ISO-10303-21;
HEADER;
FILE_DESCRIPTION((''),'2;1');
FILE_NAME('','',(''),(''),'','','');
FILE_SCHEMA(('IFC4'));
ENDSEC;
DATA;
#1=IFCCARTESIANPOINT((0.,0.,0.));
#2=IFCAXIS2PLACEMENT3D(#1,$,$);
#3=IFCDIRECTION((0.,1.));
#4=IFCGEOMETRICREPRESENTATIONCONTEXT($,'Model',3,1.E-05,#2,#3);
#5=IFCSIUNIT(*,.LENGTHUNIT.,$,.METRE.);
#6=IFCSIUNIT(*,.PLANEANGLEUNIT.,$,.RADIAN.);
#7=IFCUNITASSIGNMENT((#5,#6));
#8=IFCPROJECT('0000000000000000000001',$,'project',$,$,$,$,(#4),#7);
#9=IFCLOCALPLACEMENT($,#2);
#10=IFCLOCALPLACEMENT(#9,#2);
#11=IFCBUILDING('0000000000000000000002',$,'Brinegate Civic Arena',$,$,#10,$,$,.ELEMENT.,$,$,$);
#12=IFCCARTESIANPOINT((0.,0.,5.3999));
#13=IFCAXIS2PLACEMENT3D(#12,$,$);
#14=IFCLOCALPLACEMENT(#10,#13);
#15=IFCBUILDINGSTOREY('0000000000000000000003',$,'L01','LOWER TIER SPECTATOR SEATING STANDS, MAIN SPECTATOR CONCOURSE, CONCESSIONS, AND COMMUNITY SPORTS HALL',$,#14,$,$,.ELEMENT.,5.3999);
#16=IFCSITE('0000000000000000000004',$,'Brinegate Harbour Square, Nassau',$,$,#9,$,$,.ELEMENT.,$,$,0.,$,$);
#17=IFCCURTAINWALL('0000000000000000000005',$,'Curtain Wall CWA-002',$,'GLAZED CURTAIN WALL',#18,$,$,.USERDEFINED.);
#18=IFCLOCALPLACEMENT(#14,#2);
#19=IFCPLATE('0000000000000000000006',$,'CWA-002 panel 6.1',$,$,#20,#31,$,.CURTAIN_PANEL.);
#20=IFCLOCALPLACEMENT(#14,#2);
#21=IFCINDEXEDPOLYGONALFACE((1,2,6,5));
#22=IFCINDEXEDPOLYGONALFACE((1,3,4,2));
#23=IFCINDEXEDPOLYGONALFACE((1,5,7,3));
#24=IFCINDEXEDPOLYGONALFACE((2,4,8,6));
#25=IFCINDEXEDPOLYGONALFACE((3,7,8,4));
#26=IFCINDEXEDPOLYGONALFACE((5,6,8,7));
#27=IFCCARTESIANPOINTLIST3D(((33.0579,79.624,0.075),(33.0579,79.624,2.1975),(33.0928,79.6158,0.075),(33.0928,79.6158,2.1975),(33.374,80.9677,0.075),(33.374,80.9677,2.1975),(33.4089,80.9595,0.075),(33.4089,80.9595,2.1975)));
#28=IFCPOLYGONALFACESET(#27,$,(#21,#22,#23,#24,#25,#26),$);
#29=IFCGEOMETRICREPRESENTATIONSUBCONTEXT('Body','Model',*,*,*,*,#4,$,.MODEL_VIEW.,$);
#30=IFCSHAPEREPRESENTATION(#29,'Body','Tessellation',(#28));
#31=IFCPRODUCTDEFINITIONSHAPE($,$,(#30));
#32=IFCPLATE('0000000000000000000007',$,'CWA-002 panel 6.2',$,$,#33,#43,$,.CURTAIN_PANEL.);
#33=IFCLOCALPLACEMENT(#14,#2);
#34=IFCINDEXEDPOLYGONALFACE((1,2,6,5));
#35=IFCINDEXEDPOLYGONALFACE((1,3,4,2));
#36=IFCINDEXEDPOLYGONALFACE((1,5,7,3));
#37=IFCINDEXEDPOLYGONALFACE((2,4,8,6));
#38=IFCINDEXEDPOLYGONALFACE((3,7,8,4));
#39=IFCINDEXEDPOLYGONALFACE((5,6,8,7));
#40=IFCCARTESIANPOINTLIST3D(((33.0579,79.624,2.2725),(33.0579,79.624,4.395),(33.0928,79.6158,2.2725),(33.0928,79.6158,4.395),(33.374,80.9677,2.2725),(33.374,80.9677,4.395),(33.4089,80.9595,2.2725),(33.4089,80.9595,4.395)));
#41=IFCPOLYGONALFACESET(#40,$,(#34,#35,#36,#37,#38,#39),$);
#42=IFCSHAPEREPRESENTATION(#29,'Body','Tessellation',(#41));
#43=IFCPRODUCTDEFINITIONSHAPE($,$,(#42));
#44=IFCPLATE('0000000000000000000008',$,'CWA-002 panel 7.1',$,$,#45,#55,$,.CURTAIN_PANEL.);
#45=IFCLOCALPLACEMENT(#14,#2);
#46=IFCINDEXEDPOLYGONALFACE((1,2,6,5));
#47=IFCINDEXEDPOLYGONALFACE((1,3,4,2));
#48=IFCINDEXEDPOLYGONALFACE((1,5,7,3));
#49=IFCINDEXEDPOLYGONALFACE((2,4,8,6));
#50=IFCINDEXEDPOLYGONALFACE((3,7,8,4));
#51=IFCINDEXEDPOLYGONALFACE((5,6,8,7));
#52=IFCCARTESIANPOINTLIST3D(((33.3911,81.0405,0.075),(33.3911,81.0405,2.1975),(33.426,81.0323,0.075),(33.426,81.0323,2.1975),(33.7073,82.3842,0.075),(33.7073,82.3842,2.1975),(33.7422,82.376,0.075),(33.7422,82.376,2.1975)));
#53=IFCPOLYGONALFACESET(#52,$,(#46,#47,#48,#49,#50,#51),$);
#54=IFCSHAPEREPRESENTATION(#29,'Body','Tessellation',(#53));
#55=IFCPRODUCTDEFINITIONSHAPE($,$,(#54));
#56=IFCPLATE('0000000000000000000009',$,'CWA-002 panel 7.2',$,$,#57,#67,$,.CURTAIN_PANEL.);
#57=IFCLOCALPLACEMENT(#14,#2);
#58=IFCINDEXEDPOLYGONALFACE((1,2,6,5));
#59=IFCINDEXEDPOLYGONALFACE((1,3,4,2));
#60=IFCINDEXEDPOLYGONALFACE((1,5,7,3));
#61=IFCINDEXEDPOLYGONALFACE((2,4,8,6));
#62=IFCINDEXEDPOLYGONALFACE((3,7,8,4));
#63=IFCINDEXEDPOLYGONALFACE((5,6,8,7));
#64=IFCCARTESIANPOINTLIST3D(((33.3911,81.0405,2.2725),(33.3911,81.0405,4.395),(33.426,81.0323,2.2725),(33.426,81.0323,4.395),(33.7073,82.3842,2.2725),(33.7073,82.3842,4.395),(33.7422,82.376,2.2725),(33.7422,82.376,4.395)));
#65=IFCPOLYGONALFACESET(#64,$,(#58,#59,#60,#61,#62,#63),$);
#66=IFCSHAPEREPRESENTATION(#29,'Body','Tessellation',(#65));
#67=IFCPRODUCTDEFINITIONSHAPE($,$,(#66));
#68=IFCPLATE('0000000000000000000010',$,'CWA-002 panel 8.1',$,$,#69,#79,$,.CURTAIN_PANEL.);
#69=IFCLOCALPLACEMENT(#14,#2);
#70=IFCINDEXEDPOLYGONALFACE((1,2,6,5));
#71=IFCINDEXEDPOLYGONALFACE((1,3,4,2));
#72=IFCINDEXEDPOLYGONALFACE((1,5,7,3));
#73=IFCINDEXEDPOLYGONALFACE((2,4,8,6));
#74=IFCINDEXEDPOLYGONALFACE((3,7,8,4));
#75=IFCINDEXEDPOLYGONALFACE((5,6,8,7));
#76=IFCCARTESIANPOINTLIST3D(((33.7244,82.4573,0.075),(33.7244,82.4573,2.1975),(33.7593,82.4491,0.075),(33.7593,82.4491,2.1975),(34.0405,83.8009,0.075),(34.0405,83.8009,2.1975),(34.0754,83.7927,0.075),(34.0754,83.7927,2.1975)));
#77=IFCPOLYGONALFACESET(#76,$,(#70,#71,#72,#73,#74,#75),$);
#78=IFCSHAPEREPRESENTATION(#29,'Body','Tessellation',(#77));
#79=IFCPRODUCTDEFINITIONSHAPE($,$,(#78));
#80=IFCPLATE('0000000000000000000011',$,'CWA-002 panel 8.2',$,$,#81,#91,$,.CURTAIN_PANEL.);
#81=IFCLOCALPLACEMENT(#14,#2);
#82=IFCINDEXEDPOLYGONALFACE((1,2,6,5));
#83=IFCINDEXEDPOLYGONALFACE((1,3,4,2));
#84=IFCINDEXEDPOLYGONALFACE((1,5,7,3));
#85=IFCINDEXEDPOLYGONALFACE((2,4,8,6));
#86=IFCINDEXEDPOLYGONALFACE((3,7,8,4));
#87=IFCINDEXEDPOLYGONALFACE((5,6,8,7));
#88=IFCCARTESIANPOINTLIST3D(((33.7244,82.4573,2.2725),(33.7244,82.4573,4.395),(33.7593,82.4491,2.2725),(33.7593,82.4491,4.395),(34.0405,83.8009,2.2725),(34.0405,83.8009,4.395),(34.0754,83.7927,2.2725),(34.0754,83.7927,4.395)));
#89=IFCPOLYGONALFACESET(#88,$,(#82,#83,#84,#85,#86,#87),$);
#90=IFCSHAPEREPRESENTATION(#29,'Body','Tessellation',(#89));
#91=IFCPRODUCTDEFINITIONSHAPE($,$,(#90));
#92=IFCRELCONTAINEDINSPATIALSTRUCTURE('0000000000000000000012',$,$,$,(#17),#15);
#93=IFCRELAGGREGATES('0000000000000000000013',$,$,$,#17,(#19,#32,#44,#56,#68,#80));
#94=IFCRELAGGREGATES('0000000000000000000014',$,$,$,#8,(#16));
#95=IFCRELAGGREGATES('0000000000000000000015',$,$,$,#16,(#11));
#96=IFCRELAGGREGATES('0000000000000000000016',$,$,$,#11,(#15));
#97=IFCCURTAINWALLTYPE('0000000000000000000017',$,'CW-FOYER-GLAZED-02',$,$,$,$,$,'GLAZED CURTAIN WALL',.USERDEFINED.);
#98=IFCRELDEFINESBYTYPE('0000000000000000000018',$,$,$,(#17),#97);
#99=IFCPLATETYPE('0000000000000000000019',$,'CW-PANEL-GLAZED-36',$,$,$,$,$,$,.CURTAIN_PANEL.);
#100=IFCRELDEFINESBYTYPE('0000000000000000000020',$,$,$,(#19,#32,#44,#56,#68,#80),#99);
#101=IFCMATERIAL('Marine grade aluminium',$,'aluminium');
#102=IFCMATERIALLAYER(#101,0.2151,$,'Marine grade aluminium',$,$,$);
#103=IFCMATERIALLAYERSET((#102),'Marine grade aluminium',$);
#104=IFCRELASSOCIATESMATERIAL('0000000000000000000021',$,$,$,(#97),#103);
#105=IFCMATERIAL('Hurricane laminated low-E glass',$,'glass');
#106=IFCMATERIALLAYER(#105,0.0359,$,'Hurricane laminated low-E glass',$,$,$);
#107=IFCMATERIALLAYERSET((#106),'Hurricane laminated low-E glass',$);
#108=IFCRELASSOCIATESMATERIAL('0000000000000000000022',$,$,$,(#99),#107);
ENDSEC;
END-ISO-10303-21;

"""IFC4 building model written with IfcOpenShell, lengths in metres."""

from ifc_helpers import new_model, si_unit, direction, frame, origin, origin_2d, place, context, subcontext, project, spatial, rectangle, extrude, material, layer, layer_set, type_object, element, aggregate, save


model = new_model("IFC4")

# Units and contexts
model_context = context("Model", 3, precision=1e-05, world=origin(), true_north=direction((0.0, 1.0)))
body_context = subcontext(model_context, "Body", "Model", "MODEL_VIEW")
ifc_project = project(units=[si_unit("LENGTHUNIT", "METRE"), si_unit("PLANEANGLEUNIT", "RADIAN")], contexts=[model_context])

# Site, building, storey
site_placement = place(None, origin())
site = spatial("IfcSite", under=ifc_project, at=site_placement, Name="Brinegate Harbour Square, Nassau", CompositionType="ELEMENT", RefElevation=0.0)
building_placement = place(site_placement, origin())
building = spatial("IfcBuilding", under=site, at=building_placement, Name="Brinegate Civic Arena", CompositionType="ELEMENT")
storey_placement = place(building_placement, frame((0.0, 0.0, 5.3999)))
storey = spatial("IfcBuildingStorey", under=building, at=storey_placement, Name="L01", Description="LOWER TIER SPECTATOR SEATING STANDS, MAIN SPECTATOR CONCOURSE, CONCESSIONS, AND COMMUNITY SPORTS HALL", CompositionType="ELEMENT", Elevation=5.3999)

# Curtain wall
ifc_material_1 = material(Name="Marine grade aluminium", Category="aluminium")
ifc_layer_1 = layer(ifc_material_1, 0.2151, Name="Marine grade aluminium")
ifc_layer_set_1 = layer_set([ifc_layer_1], Name="Marine grade aluminium")
curtain_wall_type = type_object("IfcCurtainWallType", Name="CW-FOYER-GLAZED-02", ElementType="GLAZED CURTAIN WALL", PredefinedType="USERDEFINED", material=ifc_layer_set_1)
curtain_wall_placement = place(storey_placement, origin())
curtain_wall = element("IfcCurtainWall", 1, at=curtain_wall_placement, inside=storey, type_object=curtain_wall_type, Name="Curtain Wall CWA-002", ObjectType="GLAZED CURTAIN WALL", PredefinedType="USERDEFINED")

# Plates
ifc_material_2 = material(Name="Hurricane laminated low-E glass", Category="glass")
ifc_layer_2 = layer(ifc_material_2, 0.0359, Name="Hurricane laminated low-E glass")
ifc_layer_set_2 = layer_set([ifc_layer_2], Name="Hurricane laminated low-E glass")
plate_type = type_object("IfcPlateType", Name="CW-PANEL-GLAZED-36", PredefinedType="CURTAIN_PANEL", material=ifc_layer_set_2)
plate_1_placement = place(storey_placement, frame((33.2334, 80.2917, 0.075), z_axis=(0.0, 0.0, 1.0), x_axis=(0.229039, 0.973417, 0.0)))
plate_1 = element("IfcPlate", 2, at=plate_1_placement, type_object=plate_type, Name="CWA-002 panel 6.1", PredefinedType="CURTAIN_PANEL", context=body_context, shape_type="SweptSolid", body=[
    extrude(rectangle(XDim=1.3804, YDim=0.0359, at=origin_2d()), origin(), (0.0, 0.0, 1.0), 2.1226),
])
plate_2_placement = place(storey_placement, frame((33.2334, 80.2917, 2.2725), z_axis=(0.0, 0.0, 1.0), x_axis=(0.229039, 0.973417, 0.0)))
plate_2 = element("IfcPlate", 3, at=plate_2_placement, type_object=plate_type, Name="CWA-002 panel 6.2", PredefinedType="CURTAIN_PANEL", context=body_context, shape_type="SweptSolid", body=[
    extrude(rectangle(XDim=1.3804, YDim=0.0359, at=origin_2d()), origin(), (0.0, 0.0, 1.0), 2.1226),
])
plate_3_placement = place(storey_placement, frame((33.5667, 81.7083, 0.075), z_axis=(0.0, 0.0, 1.0), x_axis=(0.229039, 0.973417, 0.0)))
plate_3 = element("IfcPlate", 4, at=plate_3_placement, type_object=plate_type, Name="CWA-002 panel 7.1", PredefinedType="CURTAIN_PANEL", context=body_context, shape_type="SweptSolid", body=[
    extrude(rectangle(XDim=1.3804, YDim=0.0359, at=origin_2d()), origin(), (0.0, 0.0, 1.0), 2.1226),
])
plate_4_placement = place(storey_placement, frame((33.5667, 81.7083, 2.2725), z_axis=(0.0, 0.0, 1.0), x_axis=(0.229039, 0.973417, 0.0)))
plate_4 = element("IfcPlate", 5, at=plate_4_placement, type_object=plate_type, Name="CWA-002 panel 7.2", PredefinedType="CURTAIN_PANEL", context=body_context, shape_type="SweptSolid", body=[
    extrude(rectangle(XDim=1.3804, YDim=0.0359, at=origin_2d()), origin(), (0.0, 0.0, 1.0), 2.1226),
])
plate_5_placement = place(storey_placement, frame((33.8999, 83.125, 0.075), z_axis=(0.0, 0.0, 1.0), x_axis=(0.229039, 0.973417, 0.0)))
plate_5 = element("IfcPlate", 6, at=plate_5_placement, type_object=plate_type, Name="CWA-002 panel 8.1", PredefinedType="CURTAIN_PANEL", context=body_context, shape_type="SweptSolid", body=[
    extrude(rectangle(XDim=1.3804, YDim=0.0359, at=origin_2d()), origin(), (0.0, 0.0, 1.0), 2.1226),
])
plate_6_placement = place(storey_placement, frame((33.8999, 83.125, 2.2725), z_axis=(0.0, 0.0, 1.0), x_axis=(0.229039, 0.973417, 0.0)))
plate_6 = element("IfcPlate", 7, at=plate_6_placement, type_object=plate_type, Name="CWA-002 panel 8.2", PredefinedType="CURTAIN_PANEL", context=body_context, shape_type="SweptSolid", body=[
    extrude(rectangle(XDim=1.3804, YDim=0.0359, at=origin_2d()), origin(), (0.0, 0.0, 1.0), 2.1226),
])
aggregate(curtain_wall, [plate_1, plate_2, plate_3, plate_4, plate_5, plate_6])

save(model, "model.ifc")
